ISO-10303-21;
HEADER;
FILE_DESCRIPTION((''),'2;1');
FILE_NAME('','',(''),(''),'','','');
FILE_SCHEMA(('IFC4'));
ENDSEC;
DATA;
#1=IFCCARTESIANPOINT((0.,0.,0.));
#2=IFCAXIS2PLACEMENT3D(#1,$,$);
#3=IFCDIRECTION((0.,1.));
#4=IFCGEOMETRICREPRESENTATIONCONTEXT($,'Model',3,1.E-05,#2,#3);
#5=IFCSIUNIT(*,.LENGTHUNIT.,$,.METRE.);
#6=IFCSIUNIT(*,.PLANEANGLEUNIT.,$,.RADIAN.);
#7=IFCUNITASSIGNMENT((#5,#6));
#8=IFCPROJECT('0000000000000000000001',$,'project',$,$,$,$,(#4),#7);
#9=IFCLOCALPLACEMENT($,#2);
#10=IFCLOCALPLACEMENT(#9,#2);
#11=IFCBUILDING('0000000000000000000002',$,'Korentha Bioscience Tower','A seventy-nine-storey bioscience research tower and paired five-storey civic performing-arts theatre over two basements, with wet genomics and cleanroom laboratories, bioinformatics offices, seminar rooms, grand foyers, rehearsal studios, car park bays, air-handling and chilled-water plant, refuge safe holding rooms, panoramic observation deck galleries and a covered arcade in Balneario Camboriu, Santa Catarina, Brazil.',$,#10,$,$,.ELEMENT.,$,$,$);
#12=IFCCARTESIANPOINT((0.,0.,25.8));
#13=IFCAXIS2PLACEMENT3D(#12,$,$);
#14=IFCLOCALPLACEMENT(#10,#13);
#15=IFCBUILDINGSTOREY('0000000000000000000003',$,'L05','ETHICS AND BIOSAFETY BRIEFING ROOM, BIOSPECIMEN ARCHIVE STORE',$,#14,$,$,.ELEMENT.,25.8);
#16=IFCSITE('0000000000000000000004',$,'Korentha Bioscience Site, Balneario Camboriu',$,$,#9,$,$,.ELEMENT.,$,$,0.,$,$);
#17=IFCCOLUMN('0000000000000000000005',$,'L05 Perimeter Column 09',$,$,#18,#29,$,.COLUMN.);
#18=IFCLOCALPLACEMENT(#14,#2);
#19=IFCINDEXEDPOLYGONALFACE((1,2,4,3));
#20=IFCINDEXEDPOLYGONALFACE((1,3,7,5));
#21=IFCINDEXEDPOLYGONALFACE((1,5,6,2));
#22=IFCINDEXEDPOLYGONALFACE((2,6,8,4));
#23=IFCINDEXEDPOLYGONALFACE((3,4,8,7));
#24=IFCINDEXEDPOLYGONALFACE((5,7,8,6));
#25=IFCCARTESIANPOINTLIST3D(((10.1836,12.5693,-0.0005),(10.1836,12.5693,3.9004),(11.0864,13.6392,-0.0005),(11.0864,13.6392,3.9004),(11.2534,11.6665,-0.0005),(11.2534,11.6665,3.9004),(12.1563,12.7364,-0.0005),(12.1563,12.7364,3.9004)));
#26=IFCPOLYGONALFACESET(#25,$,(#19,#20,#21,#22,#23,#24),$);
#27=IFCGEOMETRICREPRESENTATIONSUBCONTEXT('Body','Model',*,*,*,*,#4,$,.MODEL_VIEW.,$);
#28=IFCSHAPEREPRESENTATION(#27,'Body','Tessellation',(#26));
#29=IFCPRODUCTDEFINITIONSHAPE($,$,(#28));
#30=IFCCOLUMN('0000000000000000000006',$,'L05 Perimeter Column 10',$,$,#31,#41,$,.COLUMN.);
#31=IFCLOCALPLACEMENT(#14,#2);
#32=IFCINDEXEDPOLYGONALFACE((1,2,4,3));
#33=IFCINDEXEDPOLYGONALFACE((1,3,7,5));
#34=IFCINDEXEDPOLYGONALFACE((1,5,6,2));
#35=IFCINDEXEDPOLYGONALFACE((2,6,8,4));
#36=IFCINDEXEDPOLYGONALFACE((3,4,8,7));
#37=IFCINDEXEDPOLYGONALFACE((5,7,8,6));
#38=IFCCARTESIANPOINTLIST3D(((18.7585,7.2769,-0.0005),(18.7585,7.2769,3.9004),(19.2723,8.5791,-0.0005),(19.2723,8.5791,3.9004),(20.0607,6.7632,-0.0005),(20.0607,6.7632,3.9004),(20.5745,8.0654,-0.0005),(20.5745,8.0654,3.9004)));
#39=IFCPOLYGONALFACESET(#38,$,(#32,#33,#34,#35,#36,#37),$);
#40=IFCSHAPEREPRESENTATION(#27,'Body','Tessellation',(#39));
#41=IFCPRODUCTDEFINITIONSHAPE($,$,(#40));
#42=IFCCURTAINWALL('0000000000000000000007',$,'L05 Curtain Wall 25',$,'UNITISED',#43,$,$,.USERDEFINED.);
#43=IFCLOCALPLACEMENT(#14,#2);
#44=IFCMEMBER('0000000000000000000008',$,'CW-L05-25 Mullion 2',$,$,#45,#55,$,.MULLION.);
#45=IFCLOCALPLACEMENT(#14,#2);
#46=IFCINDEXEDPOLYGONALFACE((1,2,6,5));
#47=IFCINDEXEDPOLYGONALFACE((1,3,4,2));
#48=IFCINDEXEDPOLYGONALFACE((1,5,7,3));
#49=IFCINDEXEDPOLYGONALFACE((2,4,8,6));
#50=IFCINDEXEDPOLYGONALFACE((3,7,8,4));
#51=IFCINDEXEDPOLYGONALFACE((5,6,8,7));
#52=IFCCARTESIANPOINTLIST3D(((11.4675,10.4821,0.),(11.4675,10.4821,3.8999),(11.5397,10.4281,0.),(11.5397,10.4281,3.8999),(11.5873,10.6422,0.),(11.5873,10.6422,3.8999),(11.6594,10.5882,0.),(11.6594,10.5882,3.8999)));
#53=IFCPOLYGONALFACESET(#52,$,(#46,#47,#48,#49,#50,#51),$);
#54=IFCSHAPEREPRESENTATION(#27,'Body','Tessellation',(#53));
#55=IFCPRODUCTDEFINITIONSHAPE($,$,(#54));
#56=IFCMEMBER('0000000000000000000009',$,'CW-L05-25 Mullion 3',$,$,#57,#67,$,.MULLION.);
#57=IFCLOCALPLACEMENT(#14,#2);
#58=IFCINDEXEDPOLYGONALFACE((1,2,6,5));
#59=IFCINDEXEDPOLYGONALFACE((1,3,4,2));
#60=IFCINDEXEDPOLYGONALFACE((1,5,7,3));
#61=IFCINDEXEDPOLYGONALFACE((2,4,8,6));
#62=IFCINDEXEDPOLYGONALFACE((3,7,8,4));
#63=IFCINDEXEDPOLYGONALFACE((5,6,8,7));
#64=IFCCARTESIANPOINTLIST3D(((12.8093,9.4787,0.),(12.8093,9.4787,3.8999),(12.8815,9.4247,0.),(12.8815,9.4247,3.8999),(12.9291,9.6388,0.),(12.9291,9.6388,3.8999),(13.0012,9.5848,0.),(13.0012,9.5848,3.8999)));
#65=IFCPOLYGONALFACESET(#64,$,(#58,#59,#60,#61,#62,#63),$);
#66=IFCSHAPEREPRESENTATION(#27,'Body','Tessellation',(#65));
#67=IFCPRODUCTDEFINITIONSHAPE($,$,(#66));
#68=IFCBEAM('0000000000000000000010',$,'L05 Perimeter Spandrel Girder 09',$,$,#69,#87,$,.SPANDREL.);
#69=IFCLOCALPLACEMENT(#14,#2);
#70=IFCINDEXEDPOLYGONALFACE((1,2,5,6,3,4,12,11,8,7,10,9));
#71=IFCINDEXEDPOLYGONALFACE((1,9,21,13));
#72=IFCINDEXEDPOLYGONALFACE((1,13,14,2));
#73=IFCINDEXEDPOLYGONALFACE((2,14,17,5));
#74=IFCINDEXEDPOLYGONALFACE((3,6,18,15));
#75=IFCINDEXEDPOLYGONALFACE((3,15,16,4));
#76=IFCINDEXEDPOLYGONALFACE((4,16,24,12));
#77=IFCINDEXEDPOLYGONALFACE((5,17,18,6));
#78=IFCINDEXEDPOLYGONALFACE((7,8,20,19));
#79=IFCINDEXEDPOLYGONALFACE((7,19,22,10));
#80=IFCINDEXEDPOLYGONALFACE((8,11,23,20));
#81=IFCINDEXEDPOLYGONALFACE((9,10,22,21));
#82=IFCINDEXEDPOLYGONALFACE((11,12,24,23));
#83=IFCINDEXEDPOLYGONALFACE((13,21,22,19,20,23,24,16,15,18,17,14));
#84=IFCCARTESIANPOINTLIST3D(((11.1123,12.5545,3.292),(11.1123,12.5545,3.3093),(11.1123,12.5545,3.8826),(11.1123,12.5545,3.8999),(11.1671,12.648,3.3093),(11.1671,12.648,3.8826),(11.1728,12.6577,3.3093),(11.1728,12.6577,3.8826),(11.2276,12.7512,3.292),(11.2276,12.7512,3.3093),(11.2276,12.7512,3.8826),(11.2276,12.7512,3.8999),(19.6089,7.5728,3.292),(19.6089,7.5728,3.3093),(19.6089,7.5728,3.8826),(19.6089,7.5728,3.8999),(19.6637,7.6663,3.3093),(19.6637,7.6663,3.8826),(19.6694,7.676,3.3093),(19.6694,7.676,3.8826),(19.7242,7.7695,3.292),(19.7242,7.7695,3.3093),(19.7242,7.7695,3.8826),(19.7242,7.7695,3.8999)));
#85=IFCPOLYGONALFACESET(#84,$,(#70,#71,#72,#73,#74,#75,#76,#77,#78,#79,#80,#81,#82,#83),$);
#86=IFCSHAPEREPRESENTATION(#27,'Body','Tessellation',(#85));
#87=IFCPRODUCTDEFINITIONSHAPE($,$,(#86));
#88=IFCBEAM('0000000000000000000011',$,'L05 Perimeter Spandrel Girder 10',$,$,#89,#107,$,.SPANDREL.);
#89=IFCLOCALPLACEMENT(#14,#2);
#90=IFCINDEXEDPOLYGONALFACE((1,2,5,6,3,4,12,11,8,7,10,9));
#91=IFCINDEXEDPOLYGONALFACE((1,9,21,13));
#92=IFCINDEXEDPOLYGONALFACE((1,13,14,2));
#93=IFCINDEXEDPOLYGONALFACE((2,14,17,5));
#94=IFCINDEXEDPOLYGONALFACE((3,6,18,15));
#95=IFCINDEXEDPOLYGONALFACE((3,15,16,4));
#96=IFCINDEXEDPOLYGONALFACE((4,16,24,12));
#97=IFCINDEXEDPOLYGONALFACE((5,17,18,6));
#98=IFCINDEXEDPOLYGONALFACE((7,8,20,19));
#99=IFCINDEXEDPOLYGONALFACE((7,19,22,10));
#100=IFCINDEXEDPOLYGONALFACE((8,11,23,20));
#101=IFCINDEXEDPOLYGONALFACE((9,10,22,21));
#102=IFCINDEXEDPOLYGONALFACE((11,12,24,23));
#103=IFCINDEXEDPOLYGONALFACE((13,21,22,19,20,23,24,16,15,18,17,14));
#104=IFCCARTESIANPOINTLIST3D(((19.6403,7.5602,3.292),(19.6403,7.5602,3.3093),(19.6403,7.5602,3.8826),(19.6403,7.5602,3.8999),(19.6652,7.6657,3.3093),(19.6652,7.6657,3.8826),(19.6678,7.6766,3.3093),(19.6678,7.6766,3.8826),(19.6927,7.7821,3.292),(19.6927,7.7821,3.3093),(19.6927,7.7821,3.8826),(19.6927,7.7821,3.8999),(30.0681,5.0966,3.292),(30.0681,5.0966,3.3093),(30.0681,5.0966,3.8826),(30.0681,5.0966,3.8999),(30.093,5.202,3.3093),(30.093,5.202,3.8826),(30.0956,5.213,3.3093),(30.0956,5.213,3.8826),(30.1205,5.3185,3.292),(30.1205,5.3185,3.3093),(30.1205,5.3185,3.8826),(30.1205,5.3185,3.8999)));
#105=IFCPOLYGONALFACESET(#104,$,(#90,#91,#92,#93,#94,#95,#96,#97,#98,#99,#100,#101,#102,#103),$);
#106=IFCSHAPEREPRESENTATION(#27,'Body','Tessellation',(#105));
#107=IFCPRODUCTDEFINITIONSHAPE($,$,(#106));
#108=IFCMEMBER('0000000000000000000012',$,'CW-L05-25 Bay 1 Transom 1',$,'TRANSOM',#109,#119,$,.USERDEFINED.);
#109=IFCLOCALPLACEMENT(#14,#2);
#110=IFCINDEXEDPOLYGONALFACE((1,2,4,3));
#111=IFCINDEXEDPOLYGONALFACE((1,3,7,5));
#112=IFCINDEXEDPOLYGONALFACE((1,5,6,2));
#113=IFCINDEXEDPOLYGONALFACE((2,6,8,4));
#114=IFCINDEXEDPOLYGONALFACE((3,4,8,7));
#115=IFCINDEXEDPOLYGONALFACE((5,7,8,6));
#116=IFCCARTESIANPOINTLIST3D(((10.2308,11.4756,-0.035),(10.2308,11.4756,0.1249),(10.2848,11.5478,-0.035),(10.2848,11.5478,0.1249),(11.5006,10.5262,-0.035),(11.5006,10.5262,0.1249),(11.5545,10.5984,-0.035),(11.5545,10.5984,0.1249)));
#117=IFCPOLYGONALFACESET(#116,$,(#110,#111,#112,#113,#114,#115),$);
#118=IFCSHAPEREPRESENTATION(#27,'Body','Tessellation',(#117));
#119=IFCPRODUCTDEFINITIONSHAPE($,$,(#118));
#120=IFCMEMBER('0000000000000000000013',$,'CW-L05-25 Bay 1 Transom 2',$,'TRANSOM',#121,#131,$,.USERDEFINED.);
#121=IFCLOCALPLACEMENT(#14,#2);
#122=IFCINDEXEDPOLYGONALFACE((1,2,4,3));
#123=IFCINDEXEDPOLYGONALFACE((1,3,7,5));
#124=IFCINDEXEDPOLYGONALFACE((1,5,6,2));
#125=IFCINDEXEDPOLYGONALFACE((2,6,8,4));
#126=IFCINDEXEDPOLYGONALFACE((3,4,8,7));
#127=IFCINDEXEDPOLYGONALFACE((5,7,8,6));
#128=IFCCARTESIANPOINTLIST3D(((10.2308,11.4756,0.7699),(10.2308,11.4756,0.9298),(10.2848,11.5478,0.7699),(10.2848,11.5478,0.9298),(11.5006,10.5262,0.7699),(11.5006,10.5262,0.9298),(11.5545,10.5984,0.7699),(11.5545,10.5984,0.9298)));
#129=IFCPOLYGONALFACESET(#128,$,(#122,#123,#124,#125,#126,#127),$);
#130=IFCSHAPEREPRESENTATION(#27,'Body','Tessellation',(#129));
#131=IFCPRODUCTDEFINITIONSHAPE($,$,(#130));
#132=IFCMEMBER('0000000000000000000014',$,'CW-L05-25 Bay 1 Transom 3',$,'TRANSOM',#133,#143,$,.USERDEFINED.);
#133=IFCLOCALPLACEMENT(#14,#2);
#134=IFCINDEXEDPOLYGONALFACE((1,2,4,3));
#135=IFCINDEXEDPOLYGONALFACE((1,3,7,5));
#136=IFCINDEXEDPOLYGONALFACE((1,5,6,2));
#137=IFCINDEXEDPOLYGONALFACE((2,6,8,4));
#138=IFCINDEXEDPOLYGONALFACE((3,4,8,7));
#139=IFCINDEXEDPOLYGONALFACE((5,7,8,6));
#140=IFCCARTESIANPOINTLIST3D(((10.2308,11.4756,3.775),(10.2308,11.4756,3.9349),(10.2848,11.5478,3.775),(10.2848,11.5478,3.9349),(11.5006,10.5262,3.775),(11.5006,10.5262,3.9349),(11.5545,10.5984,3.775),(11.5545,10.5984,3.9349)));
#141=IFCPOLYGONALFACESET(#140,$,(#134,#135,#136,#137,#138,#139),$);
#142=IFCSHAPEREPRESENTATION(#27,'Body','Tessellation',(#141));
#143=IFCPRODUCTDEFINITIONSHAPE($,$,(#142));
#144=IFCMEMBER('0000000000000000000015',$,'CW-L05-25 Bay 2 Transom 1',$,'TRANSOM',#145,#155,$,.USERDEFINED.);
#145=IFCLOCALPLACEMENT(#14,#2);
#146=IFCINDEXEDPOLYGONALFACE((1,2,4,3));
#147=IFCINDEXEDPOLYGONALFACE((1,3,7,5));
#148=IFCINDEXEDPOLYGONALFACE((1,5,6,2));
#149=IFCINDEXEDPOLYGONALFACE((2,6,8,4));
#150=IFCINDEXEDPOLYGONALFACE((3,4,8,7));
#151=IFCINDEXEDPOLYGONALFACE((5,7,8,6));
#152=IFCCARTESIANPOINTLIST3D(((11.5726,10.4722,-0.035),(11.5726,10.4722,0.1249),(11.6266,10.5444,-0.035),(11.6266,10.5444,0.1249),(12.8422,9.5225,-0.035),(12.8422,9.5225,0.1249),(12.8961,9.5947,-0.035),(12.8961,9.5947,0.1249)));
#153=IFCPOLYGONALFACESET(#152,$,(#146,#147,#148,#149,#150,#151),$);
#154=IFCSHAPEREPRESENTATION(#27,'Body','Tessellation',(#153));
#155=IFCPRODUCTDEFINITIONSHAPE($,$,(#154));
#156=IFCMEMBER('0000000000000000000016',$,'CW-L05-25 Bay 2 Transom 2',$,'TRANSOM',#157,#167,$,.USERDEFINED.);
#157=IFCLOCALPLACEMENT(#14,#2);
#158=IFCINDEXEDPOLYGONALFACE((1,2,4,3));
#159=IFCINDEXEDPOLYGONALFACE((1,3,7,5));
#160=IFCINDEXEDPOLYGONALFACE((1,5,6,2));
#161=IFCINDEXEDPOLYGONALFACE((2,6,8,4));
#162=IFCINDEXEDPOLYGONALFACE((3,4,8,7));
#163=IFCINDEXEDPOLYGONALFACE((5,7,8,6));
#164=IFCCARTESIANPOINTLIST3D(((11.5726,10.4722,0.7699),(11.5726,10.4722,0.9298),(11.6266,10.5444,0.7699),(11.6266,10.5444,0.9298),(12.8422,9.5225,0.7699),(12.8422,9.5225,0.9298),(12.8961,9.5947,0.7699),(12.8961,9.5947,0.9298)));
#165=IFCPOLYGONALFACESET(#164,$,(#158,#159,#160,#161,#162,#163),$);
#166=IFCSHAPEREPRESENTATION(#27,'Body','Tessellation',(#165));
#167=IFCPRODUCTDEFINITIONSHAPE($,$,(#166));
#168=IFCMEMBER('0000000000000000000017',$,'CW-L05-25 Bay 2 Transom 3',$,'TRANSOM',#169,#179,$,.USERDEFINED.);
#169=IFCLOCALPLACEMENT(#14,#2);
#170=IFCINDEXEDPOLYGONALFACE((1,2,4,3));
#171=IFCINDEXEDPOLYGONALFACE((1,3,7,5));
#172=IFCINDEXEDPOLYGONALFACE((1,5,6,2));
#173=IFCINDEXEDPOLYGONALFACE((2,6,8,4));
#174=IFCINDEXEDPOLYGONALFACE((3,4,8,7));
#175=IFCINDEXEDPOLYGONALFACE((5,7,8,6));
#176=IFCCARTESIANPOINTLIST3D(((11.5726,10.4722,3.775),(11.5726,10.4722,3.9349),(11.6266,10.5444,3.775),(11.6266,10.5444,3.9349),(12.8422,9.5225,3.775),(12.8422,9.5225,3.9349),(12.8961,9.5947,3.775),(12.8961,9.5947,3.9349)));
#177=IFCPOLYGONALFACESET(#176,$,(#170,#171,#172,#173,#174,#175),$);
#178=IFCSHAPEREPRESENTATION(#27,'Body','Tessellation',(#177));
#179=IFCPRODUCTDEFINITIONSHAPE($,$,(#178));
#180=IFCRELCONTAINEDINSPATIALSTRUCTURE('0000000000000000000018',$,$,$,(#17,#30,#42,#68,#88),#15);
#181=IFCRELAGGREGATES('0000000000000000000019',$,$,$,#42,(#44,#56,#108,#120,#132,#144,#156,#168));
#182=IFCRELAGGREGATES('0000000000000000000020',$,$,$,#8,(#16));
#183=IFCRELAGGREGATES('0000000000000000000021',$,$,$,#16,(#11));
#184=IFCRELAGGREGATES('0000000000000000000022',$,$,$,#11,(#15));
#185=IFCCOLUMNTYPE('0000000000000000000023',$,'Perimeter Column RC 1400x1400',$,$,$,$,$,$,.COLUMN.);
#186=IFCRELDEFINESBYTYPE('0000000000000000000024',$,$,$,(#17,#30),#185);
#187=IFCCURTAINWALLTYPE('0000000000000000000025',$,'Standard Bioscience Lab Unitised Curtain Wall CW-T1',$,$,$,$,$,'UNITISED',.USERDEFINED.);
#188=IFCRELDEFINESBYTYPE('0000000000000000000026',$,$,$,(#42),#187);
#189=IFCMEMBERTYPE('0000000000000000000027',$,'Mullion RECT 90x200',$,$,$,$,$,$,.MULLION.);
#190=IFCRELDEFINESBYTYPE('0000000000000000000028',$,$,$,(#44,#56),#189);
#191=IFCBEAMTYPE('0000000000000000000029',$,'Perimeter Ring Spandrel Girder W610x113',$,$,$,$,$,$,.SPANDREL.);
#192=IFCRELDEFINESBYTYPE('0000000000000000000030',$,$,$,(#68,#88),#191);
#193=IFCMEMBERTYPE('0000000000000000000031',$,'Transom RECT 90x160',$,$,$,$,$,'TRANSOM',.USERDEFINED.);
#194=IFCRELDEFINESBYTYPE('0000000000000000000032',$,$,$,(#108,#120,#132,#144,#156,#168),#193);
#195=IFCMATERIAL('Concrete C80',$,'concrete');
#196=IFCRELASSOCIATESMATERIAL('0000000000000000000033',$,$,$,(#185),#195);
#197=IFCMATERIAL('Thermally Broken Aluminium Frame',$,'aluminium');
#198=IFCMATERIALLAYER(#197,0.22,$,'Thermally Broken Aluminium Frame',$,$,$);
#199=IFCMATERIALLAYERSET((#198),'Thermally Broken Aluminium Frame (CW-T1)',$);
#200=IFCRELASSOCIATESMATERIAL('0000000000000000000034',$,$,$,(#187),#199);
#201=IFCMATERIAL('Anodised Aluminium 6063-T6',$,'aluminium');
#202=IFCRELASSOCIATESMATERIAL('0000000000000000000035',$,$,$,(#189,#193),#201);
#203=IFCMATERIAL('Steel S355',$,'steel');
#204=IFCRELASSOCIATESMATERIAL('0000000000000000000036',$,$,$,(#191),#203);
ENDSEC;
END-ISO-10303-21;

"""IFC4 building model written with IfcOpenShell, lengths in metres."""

from ifc_helpers import new_model, si_unit, direction, frame, origin, origin_2d, place, context, subcontext, project, spatial, rectangle, i_section, extrude, material, layer, layer_set, material_profile, profile_set, type_object, element, aggregate, save


model = new_model("IFC4")

# Units and contexts
model_context = context("Model", 3, precision=1e-05, world=origin(), true_north=direction((0.0, 1.0)))
body_context = subcontext(model_context, "Body", "Model", "MODEL_VIEW")
ifc_project = project(units=[si_unit("LENGTHUNIT", "METRE"), si_unit("PLANEANGLEUNIT", "RADIAN")], contexts=[model_context])

# Site, building, storey
site_placement = place(None, origin())
site = spatial("IfcSite", under=ifc_project, at=site_placement, Name="Korentha Bioscience Site, Balneario Camboriu", CompositionType="ELEMENT", RefElevation=0.0)
building_placement = place(site_placement, origin())
building = spatial("IfcBuilding", under=site, at=building_placement, Name="Korentha Bioscience Tower", Description="A seventy-nine-storey bioscience research tower and paired five-storey civic performing-arts theatre over two basements, with wet genomics and cleanroom laboratories, bioinformatics offices, seminar rooms, grand foyers, rehearsal studios, car park bays, air-handling and chilled-water plant, refuge safe holding rooms, panoramic observation deck galleries and a covered arcade in Balneario Camboriu, Santa Catarina, Brazil.", CompositionType="ELEMENT")
storey_placement = place(building_placement, frame((0.0, 0.0, 25.8)))
storey = spatial("IfcBuildingStorey", under=building, at=storey_placement, Name="L05", Description="ETHICS AND BIOSAFETY BRIEFING ROOM, BIOSPECIMEN ARCHIVE STORE", CompositionType="ELEMENT", Elevation=25.8)

# Columns
ifc_material_1 = material(Name="Concrete C80", Category="concrete")
ifc_material_profile_1 = material_profile(ifc_material_1, rectangle(XDim=1.3999, YDim=1.3999, at=origin_2d()), Name="Concrete C80")
ifc_profile_set_1 = profile_set([ifc_material_profile_1], Name="Concrete C80 (COL-P14)")
column_type = type_object("IfcColumnType", Name="Perimeter Column RC 1400x1400", PredefinedType="COLUMN", material=ifc_profile_set_1)
for number, where, z_axis, x_axis, name in (
    (1, (11.1699, 12.6528, -0.0005), (0.0, 0.0, 1.0), (-0.764246, 0.644924, 0.0), "L05 Perimeter Column 09"),
    (2, (19.6665, 7.6711, -0.0005), (0.0, 0.0, 1.0), (-0.930226, 0.366988, 0.0), "L05 Perimeter Column 10"),
):
    element("IfcColumn", number, at=place(storey_placement, frame(where, z_axis=z_axis, x_axis=x_axis)), inside=storey, type_object=column_type, Name=name, PredefinedType="COLUMN", context=body_context, shape_type="SweptSolid", body=[
        extrude(rectangle(XDim=1.3999, YDim=1.3999, at=origin_2d()), origin(), (0.0, 0.0, 1.0), 3.9009),
    ])

# Curtain wall, members
ifc_material_2 = material(Name="Thermally Broken Aluminium Frame", Category="aluminium")
ifc_layer_1 = layer(ifc_material_2, 0.22, Name="Thermally Broken Aluminium Frame")
ifc_layer_set_1 = layer_set([ifc_layer_1], Name="Thermally Broken Aluminium Frame (CW-T1)")
curtain_wall_type = type_object("IfcCurtainWallType", Name="Standard Bioscience Lab Unitised Curtain Wall CW-T1", ElementType="UNITISED", PredefinedType="USERDEFINED", material=ifc_layer_set_1)
curtain_wall_placement = place(storey_placement, origin())
curtain_wall = element("IfcCurtainWall", 3, at=curtain_wall_placement, inside=storey, type_object=curtain_wall_type, Name="L05 Curtain Wall 25", ObjectType="UNITISED", PredefinedType="USERDEFINED")
ifc_material_3 = material(Name="Anodised Aluminium 6063-T6", Category="aluminium")
ifc_material_profile_2 = material_profile(ifc_material_3, rectangle(XDim=0.0901, YDim=0.2, at=origin_2d()), Name="Anodised Aluminium 6063-T6")
ifc_profile_set_2 = profile_set([ifc_material_profile_2], Name="Anodised Aluminium 6063-T6 (CW-MUL)")
member_type_1 = type_object("IfcMemberType", Name="Mullion RECT 90x200", PredefinedType="MULLION", material=ifc_profile_set_2)
member_1_placement = place(storey_placement, frame((11.5635, 10.5352, 0.0), z_axis=(0.0, 0.0, 1.0), x_axis=(0.800798, -0.598935, 0.0)))
member_1 = element("IfcMember", 4, at=member_1_placement, type_object=member_type_1, Name="CW-L05-25 Mullion 2", PredefinedType="MULLION", context=body_context, shape_type="SweptSolid", body=[
    extrude(rectangle(XDim=0.0901, YDim=0.2, at=origin_2d()), origin(), (0.0, 0.0, 1.0), 3.8999),
])
member_2_placement = place(storey_placement, frame((12.9053, 9.5317, 0.0), z_axis=(0.0, 0.0, 1.0), x_axis=(0.800798, -0.598935, 0.0)))
member_2 = element("IfcMember", 5, at=member_2_placement, type_object=member_type_1, Name="CW-L05-25 Mullion 3", PredefinedType="MULLION", context=body_context, shape_type="SweptSolid", body=[
    extrude(rectangle(XDim=0.0901, YDim=0.2, at=origin_2d()), origin(), (0.0, 0.0, 1.0), 3.8999),
])

# Beams
ifc_material_4 = material(Name="Steel S355", Category="steel")
ifc_material_profile_3 = material_profile(ifc_material_4, i_section(OverallWidth=0.228, OverallDepth=0.6079, WebThickness=0.0112, FlangeThickness=0.0173, at=origin_2d()), Name="Steel S355")
ifc_profile_set_3 = profile_set([ifc_material_profile_3], Name="Steel S355 (SB-610)")
beam_type = type_object("IfcBeamType", Name="Perimeter Ring Spandrel Girder W610x113", PredefinedType="SPANDREL", material=ifc_profile_set_3)
beam_1_placement = place(storey_placement, frame((11.1699, 12.6528, 3.5959), z_axis=(0.862657, -0.50579, 0.0), x_axis=(0.50579, 0.862657, 0.0)))
element("IfcBeam", 6, at=beam_1_placement, inside=storey, type_object=beam_type, Name="L05 Perimeter Spandrel Girder 09", PredefinedType="SPANDREL", context=body_context, shape_type="SweptSolid", body=[
    extrude(i_section(OverallWidth=0.228, OverallDepth=0.6079, WebThickness=0.0112, FlangeThickness=0.0173, at=origin_2d()), origin(), (0.0, 0.0, 1.0), 9.8494),
])
beam_2_placement = place(storey_placement, frame((19.6665, 7.6711, 3.5959), z_axis=(0.973208, -0.229927, 0.0), x_axis=(0.229927, 0.973208, 0.0)))
element("IfcBeam", 7, at=beam_2_placement, inside=storey, type_object=beam_type, Name="L05 Perimeter Spandrel Girder 10", PredefinedType="SPANDREL", context=body_context, shape_type="SweptSolid", body=[
    extrude(i_section(OverallWidth=0.228, OverallDepth=0.6079, WebThickness=0.0112, FlangeThickness=0.0173, at=origin_2d()), origin(), (0.0, 0.0, 1.0), 10.7148),
])

# Members
ifc_material_profile_4 = material_profile(ifc_material_3, rectangle(XDim=0.0901, YDim=0.1599, at=origin_2d()), Name="Anodised Aluminium 6063-T6")
ifc_profile_set_4 = profile_set([ifc_material_profile_4], Name="Anodised Aluminium 6063-T6 (CW-TRN)")
member_type_2 = type_object("IfcMemberType", Name="Transom RECT 90x160", ElementType="TRANSOM", PredefinedType="USERDEFINED", material=ifc_profile_set_4)
member_3_placement = place(storey_placement, frame((10.2578, 11.5117, 0.0449), z_axis=(0.800868, -0.598841, 0.0), x_axis=(0.598841, 0.800868, 0.0)))
member_3 = element("IfcMember", 8, at=member_3_placement, type_object=member_type_2, Name="CW-L05-25 Bay 1 Transom 1", ObjectType="TRANSOM", PredefinedType="USERDEFINED", context=body_context, shape_type="SweptSolid", body=[
    extrude(rectangle(XDim=0.0901, YDim=0.1599, at=origin_2d()), origin(), (0.0, 0.0, 1.0), 1.5854),
])
member_4_placement = place(storey_placement, frame((10.2578, 11.5117, 0.8499), z_axis=(0.800868, -0.598841, 0.0), x_axis=(0.598841, 0.800868, 0.0)))
member_4 = element("IfcMember", 9, at=member_4_placement, type_object=member_type_2, Name="CW-L05-25 Bay 1 Transom 2", ObjectType="TRANSOM", PredefinedType="USERDEFINED", context=body_context, shape_type="SweptSolid", body=[
    extrude(rectangle(XDim=0.0901, YDim=0.1599, at=origin_2d()), origin(), (0.0, 0.0, 1.0), 1.5854),
])
member_5_placement = place(storey_placement, frame((10.2578, 11.5117, 3.855), z_axis=(0.800868, -0.598841, 0.0), x_axis=(0.598841, 0.800868, 0.0)))
member_5 = element("IfcMember", 10, at=member_5_placement, type_object=member_type_2, Name="CW-L05-25 Bay 1 Transom 3", ObjectType="TRANSOM", PredefinedType="USERDEFINED", context=body_context, shape_type="SweptSolid", body=[
    extrude(rectangle(XDim=0.0901, YDim=0.1599, at=origin_2d()), origin(), (0.0, 0.0, 1.0), 1.5854),
])
member_6_placement = place(storey_placement, frame((11.5996, 10.5083, 0.0449), z_axis=(0.800739, -0.599014, 0.0), x_axis=(0.599014, 0.800739, 0.0)))
member_6 = element("IfcMember", 11, at=member_6_placement, type_object=member_type_2, Name="CW-L05-25 Bay 2 Transom 1", ObjectType="TRANSOM", PredefinedType="USERDEFINED", context=body_context, shape_type="SweptSolid", body=[
    extrude(rectangle(XDim=0.0901, YDim=0.1599, at=origin_2d()), origin(), (0.0, 0.0, 1.0), 1.5854),
])
member_7_placement = place(storey_placement, frame((11.5996, 10.5083, 0.8499), z_axis=(0.800739, -0.599014, 0.0), x_axis=(0.599014, 0.800739, 0.0)))
member_7 = element("IfcMember", 12, at=member_7_placement, type_object=member_type_2, Name="CW-L05-25 Bay 2 Transom 2", ObjectType="TRANSOM", PredefinedType="USERDEFINED", context=body_context, shape_type="SweptSolid", body=[
    extrude(rectangle(XDim=0.0901, YDim=0.1599, at=origin_2d()), origin(), (0.0, 0.0, 1.0), 1.5854),
])
member_8_placement = place(storey_placement, frame((11.5996, 10.5083, 3.855), z_axis=(0.800739, -0.599014, 0.0), x_axis=(0.599014, 0.800739, 0.0)))
member_8 = element("IfcMember", 13, at=member_8_placement, type_object=member_type_2, Name="CW-L05-25 Bay 2 Transom 3", ObjectType="TRANSOM", PredefinedType="USERDEFINED", context=body_context, shape_type="SweptSolid", body=[
    extrude(rectangle(XDim=0.0901, YDim=0.1599, at=origin_2d()), origin(), (0.0, 0.0, 1.0), 1.5854),
])

aggregate(curtain_wall, [member_1, member_2, member_3, member_4, member_5, member_6, member_7, member_8])

save(model, "model.ifc")
